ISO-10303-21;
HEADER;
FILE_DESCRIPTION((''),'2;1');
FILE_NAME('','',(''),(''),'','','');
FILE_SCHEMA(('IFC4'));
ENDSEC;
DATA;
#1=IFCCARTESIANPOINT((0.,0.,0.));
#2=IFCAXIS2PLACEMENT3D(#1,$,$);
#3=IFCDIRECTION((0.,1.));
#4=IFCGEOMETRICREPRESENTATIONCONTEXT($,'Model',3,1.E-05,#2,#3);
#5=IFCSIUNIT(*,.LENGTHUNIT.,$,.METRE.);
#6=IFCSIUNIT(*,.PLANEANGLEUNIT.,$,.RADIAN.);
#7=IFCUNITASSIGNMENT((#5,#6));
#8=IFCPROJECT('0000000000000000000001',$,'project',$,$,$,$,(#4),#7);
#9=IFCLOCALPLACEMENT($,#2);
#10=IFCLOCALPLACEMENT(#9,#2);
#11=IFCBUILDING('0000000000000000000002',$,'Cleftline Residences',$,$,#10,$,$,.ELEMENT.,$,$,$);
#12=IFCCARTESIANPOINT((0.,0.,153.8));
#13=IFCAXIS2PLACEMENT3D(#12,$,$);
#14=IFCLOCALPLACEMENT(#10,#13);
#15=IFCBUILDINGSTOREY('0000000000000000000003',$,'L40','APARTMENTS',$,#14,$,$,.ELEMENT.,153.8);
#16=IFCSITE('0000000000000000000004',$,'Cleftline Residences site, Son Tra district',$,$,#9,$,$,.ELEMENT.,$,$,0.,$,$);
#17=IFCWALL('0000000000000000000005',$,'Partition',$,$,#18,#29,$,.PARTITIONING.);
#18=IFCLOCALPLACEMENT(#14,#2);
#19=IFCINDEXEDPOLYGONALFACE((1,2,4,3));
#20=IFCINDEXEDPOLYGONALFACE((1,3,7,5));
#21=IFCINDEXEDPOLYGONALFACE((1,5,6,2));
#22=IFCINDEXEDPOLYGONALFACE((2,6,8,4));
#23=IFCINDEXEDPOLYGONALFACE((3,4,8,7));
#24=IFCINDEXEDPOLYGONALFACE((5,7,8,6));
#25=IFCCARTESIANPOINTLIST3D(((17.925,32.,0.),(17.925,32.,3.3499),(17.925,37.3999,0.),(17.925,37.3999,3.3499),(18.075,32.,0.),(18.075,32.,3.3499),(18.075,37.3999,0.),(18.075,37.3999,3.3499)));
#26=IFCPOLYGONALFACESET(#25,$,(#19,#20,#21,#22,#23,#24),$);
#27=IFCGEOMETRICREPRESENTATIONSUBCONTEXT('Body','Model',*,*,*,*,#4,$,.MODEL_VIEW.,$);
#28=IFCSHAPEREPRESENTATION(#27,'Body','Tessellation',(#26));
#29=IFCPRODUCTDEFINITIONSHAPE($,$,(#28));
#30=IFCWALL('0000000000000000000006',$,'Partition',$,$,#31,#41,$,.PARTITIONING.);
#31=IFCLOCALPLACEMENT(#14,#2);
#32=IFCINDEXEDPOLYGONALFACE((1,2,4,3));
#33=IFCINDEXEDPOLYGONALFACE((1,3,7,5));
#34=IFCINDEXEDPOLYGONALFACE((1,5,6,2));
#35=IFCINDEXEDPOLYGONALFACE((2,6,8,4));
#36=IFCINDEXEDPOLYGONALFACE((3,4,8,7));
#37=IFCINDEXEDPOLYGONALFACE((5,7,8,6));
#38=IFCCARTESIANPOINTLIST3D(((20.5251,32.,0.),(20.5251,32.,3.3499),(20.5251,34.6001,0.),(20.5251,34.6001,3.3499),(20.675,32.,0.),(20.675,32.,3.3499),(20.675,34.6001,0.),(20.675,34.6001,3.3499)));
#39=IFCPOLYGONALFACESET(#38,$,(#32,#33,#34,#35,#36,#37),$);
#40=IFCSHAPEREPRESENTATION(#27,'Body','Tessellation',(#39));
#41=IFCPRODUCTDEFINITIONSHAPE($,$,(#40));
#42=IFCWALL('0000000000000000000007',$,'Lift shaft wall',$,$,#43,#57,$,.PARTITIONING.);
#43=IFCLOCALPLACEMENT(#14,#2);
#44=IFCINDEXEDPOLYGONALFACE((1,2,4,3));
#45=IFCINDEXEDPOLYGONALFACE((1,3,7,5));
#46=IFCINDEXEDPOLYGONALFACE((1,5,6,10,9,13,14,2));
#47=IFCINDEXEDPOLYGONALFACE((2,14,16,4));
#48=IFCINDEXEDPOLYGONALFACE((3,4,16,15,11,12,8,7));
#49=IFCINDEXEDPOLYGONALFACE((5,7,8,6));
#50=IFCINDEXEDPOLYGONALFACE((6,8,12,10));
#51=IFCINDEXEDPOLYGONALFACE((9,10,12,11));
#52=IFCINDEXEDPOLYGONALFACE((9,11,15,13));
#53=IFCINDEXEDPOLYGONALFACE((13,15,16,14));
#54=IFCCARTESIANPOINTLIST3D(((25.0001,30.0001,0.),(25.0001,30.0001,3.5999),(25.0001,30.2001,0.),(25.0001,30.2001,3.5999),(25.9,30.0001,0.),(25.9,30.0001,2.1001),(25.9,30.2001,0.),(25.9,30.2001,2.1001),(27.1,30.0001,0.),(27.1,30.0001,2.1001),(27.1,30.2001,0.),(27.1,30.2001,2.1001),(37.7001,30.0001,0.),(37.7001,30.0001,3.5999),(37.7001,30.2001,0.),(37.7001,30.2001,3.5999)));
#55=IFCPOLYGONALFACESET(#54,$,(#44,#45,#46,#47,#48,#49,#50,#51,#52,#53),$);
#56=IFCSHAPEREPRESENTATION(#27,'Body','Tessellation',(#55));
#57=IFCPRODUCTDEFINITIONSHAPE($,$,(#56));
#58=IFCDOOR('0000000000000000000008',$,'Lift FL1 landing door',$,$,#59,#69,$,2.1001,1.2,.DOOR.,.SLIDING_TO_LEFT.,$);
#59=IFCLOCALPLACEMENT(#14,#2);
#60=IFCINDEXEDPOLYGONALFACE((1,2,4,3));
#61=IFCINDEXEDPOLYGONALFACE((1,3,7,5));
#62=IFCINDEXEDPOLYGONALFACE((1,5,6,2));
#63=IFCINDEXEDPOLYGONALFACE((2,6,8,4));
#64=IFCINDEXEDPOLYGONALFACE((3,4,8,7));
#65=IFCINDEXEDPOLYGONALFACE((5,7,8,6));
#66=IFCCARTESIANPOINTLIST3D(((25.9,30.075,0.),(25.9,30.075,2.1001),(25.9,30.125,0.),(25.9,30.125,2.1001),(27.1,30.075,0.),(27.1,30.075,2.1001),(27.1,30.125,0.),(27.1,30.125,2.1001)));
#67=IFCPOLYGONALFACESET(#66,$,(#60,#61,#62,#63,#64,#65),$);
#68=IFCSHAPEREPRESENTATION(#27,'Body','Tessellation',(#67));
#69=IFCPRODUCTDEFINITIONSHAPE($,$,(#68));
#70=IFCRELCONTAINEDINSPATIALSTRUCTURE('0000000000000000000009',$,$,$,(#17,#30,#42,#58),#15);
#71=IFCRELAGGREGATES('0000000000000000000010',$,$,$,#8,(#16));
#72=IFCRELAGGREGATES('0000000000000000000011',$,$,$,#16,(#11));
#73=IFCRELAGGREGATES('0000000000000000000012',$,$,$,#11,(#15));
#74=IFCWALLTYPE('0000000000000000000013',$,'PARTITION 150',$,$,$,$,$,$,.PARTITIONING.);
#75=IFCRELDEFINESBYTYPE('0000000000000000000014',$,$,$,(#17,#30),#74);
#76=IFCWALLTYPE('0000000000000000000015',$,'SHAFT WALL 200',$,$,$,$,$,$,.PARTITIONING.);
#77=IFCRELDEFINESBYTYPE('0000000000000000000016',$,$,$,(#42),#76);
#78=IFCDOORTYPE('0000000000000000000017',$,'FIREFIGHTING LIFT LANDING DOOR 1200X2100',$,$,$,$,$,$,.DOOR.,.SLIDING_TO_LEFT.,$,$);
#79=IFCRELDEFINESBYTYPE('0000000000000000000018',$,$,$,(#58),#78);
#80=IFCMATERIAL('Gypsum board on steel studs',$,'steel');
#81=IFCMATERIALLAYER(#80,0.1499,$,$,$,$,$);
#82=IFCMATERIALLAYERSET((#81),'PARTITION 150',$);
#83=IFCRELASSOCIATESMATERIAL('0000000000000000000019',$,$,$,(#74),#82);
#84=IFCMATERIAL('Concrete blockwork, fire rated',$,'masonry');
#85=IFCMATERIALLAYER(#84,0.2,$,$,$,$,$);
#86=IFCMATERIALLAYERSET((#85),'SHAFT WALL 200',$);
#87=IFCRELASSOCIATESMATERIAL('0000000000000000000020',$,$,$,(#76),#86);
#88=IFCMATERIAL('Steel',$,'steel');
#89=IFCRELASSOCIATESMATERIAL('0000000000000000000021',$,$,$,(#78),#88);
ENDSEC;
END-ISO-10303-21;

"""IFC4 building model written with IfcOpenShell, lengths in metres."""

from ifc_helpers import new_model, si_unit, direction, frame, frame_2d, origin, place, context, subcontext, project, spatial, rectangle, extrude, material, layer, layer_set, type_object, element, fill, save


model = new_model("IFC4")

# Units and contexts
model_context = context("Model", 3, precision=1e-05, world=origin(), true_north=direction((0.0, 1.0)))
body_context = subcontext(model_context, "Body", "Model", "MODEL_VIEW")
ifc_project = project(units=[si_unit("LENGTHUNIT", "METRE"), si_unit("PLANEANGLEUNIT", "RADIAN")], contexts=[model_context])

# Site, building, storey
site_placement = place(None, origin())
site = spatial("IfcSite", under=ifc_project, at=site_placement, Name="Cleftline Residences site, Son Tra district", CompositionType="ELEMENT", RefElevation=0.0)
building_placement = place(site_placement, origin())
building = spatial("IfcBuilding", under=site, at=building_placement, Name="Cleftline Residences", CompositionType="ELEMENT")
storey_placement = place(building_placement, frame((0.0, 0.0, 153.8)))
storey = spatial("IfcBuildingStorey", under=building, at=storey_placement, Name="L40", Description="APARTMENTS", CompositionType="ELEMENT", Elevation=153.8)

# Shared definitions
ifc_material_1 = material(Name="Gypsum board on steel studs", Category="steel")
ifc_layer_1 = layer(ifc_material_1, 0.1499)
ifc_layer_set_1 = layer_set([ifc_layer_1], Name="PARTITION 150")
wall_type_1 = type_object("IfcWallType", Name="PARTITION 150", PredefinedType="PARTITIONING", material=ifc_layer_set_1)

# Walls
wall_1_placement = place(storey_placement, frame((18.0, 32.0, 0.0), z_axis=(0.0, 0.0, 1.0), x_axis=(0.0, 1.0, 0.0)))
element("IfcWall", 1, at=wall_1_placement, inside=storey, type_object=wall_type_1, Name="Partition", PredefinedType="PARTITIONING", context=body_context, shape_type="SweptSolid", body=[
    extrude(rectangle(XDim=5.3999, YDim=0.1499, at=frame_2d((2.7, 0.0))), origin(), (0.0, 0.0, 1.0), 3.3499),
])
wall_2_placement = place(storey_placement, frame((20.6001, 32.0, 0.0), z_axis=(0.0, 0.0, 1.0), x_axis=(0.0, 1.0, 0.0)))
element("IfcWall", 2, at=wall_2_placement, inside=storey, type_object=wall_type_1, Name="Partition", PredefinedType="PARTITIONING", context=body_context, shape_type="SweptSolid", body=[
    extrude(rectangle(XDim=2.6001, YDim=0.1499, at=frame_2d((1.3, 0.0))), origin(), (0.0, 0.0, 1.0), 3.3499),
])

# Wall, opening, door
ifc_material_2 = material(Name="Concrete blockwork, fire rated", Category="masonry")
ifc_layer_2 = layer(ifc_material_2, 0.2)
ifc_layer_set_2 = layer_set([ifc_layer_2], Name="SHAFT WALL 200")
wall_type_2 = type_object("IfcWallType", Name="SHAFT WALL 200", PredefinedType="PARTITIONING", material=ifc_layer_set_2)
wall_3_placement = place(storey_placement, frame((25.0, 30.1001, 0.0), z_axis=(0.0, 0.0, 1.0), x_axis=(1.0, 0.0, 0.0)))
wall_3 = element("IfcWall", 3, at=wall_3_placement, inside=storey, type_object=wall_type_2, Name="Lift shaft wall", PredefinedType="PARTITIONING", context=body_context, shape_type="SweptSolid", body=[
    extrude(rectangle(XDim=12.7, YDim=0.2, at=frame_2d((6.3501, 0.0))), origin(), (0.0, 0.0, 1.0), 3.5999),
])
opening_1_placement = place(wall_3_placement, frame((0.8999, 0.0, 0.0)))
opening_1 = element("IfcOpeningElement", 4, at=opening_1_placement, cuts=wall_3, PredefinedType="OPENING", context=body_context, shape_type="SweptSolid", body=[
    extrude(rectangle(XDim=1.2, YDim=2.1001, at=frame_2d((0.6001, 1.05))), frame((0.0, 0.1099, 0.0), z_axis=(0.0, -1.0, 0.0), x_axis=(1.0, 0.0, 0.0)), (0.0, 0.0, 1.0), 0.22),
])
ifc_material_3 = material(Name="Steel", Category="steel")
door_type_1 = type_object("IfcDoorType", Name="FIREFIGHTING LIFT LANDING DOOR 1200X2100", OperationType="SLIDING_TO_LEFT", PredefinedType="DOOR", material=ifc_material_3)
door_1_placement = place(opening_1_placement, origin())
door_1 = element("IfcDoor", 5, at=door_1_placement, inside=storey, type_object=door_type_1, Name="Lift FL1 landing door", OperationType="SLIDING_TO_LEFT", OverallHeight=2.1001, OverallWidth=1.2, PredefinedType="DOOR", context=body_context, shape_type="SweptSolid", body=[
    extrude(rectangle(XDim=1.2, YDim=2.1001, at=frame_2d((0.6001, 1.05))), frame((0.0, 0.0249, 0.0), z_axis=(0.0, -1.0, 0.0), x_axis=(1.0, 0.0, 0.0)), (0.0, 0.0, 1.0), 0.05),
])
fill(opening_1, door_1)

save(model, "model.ifc")
